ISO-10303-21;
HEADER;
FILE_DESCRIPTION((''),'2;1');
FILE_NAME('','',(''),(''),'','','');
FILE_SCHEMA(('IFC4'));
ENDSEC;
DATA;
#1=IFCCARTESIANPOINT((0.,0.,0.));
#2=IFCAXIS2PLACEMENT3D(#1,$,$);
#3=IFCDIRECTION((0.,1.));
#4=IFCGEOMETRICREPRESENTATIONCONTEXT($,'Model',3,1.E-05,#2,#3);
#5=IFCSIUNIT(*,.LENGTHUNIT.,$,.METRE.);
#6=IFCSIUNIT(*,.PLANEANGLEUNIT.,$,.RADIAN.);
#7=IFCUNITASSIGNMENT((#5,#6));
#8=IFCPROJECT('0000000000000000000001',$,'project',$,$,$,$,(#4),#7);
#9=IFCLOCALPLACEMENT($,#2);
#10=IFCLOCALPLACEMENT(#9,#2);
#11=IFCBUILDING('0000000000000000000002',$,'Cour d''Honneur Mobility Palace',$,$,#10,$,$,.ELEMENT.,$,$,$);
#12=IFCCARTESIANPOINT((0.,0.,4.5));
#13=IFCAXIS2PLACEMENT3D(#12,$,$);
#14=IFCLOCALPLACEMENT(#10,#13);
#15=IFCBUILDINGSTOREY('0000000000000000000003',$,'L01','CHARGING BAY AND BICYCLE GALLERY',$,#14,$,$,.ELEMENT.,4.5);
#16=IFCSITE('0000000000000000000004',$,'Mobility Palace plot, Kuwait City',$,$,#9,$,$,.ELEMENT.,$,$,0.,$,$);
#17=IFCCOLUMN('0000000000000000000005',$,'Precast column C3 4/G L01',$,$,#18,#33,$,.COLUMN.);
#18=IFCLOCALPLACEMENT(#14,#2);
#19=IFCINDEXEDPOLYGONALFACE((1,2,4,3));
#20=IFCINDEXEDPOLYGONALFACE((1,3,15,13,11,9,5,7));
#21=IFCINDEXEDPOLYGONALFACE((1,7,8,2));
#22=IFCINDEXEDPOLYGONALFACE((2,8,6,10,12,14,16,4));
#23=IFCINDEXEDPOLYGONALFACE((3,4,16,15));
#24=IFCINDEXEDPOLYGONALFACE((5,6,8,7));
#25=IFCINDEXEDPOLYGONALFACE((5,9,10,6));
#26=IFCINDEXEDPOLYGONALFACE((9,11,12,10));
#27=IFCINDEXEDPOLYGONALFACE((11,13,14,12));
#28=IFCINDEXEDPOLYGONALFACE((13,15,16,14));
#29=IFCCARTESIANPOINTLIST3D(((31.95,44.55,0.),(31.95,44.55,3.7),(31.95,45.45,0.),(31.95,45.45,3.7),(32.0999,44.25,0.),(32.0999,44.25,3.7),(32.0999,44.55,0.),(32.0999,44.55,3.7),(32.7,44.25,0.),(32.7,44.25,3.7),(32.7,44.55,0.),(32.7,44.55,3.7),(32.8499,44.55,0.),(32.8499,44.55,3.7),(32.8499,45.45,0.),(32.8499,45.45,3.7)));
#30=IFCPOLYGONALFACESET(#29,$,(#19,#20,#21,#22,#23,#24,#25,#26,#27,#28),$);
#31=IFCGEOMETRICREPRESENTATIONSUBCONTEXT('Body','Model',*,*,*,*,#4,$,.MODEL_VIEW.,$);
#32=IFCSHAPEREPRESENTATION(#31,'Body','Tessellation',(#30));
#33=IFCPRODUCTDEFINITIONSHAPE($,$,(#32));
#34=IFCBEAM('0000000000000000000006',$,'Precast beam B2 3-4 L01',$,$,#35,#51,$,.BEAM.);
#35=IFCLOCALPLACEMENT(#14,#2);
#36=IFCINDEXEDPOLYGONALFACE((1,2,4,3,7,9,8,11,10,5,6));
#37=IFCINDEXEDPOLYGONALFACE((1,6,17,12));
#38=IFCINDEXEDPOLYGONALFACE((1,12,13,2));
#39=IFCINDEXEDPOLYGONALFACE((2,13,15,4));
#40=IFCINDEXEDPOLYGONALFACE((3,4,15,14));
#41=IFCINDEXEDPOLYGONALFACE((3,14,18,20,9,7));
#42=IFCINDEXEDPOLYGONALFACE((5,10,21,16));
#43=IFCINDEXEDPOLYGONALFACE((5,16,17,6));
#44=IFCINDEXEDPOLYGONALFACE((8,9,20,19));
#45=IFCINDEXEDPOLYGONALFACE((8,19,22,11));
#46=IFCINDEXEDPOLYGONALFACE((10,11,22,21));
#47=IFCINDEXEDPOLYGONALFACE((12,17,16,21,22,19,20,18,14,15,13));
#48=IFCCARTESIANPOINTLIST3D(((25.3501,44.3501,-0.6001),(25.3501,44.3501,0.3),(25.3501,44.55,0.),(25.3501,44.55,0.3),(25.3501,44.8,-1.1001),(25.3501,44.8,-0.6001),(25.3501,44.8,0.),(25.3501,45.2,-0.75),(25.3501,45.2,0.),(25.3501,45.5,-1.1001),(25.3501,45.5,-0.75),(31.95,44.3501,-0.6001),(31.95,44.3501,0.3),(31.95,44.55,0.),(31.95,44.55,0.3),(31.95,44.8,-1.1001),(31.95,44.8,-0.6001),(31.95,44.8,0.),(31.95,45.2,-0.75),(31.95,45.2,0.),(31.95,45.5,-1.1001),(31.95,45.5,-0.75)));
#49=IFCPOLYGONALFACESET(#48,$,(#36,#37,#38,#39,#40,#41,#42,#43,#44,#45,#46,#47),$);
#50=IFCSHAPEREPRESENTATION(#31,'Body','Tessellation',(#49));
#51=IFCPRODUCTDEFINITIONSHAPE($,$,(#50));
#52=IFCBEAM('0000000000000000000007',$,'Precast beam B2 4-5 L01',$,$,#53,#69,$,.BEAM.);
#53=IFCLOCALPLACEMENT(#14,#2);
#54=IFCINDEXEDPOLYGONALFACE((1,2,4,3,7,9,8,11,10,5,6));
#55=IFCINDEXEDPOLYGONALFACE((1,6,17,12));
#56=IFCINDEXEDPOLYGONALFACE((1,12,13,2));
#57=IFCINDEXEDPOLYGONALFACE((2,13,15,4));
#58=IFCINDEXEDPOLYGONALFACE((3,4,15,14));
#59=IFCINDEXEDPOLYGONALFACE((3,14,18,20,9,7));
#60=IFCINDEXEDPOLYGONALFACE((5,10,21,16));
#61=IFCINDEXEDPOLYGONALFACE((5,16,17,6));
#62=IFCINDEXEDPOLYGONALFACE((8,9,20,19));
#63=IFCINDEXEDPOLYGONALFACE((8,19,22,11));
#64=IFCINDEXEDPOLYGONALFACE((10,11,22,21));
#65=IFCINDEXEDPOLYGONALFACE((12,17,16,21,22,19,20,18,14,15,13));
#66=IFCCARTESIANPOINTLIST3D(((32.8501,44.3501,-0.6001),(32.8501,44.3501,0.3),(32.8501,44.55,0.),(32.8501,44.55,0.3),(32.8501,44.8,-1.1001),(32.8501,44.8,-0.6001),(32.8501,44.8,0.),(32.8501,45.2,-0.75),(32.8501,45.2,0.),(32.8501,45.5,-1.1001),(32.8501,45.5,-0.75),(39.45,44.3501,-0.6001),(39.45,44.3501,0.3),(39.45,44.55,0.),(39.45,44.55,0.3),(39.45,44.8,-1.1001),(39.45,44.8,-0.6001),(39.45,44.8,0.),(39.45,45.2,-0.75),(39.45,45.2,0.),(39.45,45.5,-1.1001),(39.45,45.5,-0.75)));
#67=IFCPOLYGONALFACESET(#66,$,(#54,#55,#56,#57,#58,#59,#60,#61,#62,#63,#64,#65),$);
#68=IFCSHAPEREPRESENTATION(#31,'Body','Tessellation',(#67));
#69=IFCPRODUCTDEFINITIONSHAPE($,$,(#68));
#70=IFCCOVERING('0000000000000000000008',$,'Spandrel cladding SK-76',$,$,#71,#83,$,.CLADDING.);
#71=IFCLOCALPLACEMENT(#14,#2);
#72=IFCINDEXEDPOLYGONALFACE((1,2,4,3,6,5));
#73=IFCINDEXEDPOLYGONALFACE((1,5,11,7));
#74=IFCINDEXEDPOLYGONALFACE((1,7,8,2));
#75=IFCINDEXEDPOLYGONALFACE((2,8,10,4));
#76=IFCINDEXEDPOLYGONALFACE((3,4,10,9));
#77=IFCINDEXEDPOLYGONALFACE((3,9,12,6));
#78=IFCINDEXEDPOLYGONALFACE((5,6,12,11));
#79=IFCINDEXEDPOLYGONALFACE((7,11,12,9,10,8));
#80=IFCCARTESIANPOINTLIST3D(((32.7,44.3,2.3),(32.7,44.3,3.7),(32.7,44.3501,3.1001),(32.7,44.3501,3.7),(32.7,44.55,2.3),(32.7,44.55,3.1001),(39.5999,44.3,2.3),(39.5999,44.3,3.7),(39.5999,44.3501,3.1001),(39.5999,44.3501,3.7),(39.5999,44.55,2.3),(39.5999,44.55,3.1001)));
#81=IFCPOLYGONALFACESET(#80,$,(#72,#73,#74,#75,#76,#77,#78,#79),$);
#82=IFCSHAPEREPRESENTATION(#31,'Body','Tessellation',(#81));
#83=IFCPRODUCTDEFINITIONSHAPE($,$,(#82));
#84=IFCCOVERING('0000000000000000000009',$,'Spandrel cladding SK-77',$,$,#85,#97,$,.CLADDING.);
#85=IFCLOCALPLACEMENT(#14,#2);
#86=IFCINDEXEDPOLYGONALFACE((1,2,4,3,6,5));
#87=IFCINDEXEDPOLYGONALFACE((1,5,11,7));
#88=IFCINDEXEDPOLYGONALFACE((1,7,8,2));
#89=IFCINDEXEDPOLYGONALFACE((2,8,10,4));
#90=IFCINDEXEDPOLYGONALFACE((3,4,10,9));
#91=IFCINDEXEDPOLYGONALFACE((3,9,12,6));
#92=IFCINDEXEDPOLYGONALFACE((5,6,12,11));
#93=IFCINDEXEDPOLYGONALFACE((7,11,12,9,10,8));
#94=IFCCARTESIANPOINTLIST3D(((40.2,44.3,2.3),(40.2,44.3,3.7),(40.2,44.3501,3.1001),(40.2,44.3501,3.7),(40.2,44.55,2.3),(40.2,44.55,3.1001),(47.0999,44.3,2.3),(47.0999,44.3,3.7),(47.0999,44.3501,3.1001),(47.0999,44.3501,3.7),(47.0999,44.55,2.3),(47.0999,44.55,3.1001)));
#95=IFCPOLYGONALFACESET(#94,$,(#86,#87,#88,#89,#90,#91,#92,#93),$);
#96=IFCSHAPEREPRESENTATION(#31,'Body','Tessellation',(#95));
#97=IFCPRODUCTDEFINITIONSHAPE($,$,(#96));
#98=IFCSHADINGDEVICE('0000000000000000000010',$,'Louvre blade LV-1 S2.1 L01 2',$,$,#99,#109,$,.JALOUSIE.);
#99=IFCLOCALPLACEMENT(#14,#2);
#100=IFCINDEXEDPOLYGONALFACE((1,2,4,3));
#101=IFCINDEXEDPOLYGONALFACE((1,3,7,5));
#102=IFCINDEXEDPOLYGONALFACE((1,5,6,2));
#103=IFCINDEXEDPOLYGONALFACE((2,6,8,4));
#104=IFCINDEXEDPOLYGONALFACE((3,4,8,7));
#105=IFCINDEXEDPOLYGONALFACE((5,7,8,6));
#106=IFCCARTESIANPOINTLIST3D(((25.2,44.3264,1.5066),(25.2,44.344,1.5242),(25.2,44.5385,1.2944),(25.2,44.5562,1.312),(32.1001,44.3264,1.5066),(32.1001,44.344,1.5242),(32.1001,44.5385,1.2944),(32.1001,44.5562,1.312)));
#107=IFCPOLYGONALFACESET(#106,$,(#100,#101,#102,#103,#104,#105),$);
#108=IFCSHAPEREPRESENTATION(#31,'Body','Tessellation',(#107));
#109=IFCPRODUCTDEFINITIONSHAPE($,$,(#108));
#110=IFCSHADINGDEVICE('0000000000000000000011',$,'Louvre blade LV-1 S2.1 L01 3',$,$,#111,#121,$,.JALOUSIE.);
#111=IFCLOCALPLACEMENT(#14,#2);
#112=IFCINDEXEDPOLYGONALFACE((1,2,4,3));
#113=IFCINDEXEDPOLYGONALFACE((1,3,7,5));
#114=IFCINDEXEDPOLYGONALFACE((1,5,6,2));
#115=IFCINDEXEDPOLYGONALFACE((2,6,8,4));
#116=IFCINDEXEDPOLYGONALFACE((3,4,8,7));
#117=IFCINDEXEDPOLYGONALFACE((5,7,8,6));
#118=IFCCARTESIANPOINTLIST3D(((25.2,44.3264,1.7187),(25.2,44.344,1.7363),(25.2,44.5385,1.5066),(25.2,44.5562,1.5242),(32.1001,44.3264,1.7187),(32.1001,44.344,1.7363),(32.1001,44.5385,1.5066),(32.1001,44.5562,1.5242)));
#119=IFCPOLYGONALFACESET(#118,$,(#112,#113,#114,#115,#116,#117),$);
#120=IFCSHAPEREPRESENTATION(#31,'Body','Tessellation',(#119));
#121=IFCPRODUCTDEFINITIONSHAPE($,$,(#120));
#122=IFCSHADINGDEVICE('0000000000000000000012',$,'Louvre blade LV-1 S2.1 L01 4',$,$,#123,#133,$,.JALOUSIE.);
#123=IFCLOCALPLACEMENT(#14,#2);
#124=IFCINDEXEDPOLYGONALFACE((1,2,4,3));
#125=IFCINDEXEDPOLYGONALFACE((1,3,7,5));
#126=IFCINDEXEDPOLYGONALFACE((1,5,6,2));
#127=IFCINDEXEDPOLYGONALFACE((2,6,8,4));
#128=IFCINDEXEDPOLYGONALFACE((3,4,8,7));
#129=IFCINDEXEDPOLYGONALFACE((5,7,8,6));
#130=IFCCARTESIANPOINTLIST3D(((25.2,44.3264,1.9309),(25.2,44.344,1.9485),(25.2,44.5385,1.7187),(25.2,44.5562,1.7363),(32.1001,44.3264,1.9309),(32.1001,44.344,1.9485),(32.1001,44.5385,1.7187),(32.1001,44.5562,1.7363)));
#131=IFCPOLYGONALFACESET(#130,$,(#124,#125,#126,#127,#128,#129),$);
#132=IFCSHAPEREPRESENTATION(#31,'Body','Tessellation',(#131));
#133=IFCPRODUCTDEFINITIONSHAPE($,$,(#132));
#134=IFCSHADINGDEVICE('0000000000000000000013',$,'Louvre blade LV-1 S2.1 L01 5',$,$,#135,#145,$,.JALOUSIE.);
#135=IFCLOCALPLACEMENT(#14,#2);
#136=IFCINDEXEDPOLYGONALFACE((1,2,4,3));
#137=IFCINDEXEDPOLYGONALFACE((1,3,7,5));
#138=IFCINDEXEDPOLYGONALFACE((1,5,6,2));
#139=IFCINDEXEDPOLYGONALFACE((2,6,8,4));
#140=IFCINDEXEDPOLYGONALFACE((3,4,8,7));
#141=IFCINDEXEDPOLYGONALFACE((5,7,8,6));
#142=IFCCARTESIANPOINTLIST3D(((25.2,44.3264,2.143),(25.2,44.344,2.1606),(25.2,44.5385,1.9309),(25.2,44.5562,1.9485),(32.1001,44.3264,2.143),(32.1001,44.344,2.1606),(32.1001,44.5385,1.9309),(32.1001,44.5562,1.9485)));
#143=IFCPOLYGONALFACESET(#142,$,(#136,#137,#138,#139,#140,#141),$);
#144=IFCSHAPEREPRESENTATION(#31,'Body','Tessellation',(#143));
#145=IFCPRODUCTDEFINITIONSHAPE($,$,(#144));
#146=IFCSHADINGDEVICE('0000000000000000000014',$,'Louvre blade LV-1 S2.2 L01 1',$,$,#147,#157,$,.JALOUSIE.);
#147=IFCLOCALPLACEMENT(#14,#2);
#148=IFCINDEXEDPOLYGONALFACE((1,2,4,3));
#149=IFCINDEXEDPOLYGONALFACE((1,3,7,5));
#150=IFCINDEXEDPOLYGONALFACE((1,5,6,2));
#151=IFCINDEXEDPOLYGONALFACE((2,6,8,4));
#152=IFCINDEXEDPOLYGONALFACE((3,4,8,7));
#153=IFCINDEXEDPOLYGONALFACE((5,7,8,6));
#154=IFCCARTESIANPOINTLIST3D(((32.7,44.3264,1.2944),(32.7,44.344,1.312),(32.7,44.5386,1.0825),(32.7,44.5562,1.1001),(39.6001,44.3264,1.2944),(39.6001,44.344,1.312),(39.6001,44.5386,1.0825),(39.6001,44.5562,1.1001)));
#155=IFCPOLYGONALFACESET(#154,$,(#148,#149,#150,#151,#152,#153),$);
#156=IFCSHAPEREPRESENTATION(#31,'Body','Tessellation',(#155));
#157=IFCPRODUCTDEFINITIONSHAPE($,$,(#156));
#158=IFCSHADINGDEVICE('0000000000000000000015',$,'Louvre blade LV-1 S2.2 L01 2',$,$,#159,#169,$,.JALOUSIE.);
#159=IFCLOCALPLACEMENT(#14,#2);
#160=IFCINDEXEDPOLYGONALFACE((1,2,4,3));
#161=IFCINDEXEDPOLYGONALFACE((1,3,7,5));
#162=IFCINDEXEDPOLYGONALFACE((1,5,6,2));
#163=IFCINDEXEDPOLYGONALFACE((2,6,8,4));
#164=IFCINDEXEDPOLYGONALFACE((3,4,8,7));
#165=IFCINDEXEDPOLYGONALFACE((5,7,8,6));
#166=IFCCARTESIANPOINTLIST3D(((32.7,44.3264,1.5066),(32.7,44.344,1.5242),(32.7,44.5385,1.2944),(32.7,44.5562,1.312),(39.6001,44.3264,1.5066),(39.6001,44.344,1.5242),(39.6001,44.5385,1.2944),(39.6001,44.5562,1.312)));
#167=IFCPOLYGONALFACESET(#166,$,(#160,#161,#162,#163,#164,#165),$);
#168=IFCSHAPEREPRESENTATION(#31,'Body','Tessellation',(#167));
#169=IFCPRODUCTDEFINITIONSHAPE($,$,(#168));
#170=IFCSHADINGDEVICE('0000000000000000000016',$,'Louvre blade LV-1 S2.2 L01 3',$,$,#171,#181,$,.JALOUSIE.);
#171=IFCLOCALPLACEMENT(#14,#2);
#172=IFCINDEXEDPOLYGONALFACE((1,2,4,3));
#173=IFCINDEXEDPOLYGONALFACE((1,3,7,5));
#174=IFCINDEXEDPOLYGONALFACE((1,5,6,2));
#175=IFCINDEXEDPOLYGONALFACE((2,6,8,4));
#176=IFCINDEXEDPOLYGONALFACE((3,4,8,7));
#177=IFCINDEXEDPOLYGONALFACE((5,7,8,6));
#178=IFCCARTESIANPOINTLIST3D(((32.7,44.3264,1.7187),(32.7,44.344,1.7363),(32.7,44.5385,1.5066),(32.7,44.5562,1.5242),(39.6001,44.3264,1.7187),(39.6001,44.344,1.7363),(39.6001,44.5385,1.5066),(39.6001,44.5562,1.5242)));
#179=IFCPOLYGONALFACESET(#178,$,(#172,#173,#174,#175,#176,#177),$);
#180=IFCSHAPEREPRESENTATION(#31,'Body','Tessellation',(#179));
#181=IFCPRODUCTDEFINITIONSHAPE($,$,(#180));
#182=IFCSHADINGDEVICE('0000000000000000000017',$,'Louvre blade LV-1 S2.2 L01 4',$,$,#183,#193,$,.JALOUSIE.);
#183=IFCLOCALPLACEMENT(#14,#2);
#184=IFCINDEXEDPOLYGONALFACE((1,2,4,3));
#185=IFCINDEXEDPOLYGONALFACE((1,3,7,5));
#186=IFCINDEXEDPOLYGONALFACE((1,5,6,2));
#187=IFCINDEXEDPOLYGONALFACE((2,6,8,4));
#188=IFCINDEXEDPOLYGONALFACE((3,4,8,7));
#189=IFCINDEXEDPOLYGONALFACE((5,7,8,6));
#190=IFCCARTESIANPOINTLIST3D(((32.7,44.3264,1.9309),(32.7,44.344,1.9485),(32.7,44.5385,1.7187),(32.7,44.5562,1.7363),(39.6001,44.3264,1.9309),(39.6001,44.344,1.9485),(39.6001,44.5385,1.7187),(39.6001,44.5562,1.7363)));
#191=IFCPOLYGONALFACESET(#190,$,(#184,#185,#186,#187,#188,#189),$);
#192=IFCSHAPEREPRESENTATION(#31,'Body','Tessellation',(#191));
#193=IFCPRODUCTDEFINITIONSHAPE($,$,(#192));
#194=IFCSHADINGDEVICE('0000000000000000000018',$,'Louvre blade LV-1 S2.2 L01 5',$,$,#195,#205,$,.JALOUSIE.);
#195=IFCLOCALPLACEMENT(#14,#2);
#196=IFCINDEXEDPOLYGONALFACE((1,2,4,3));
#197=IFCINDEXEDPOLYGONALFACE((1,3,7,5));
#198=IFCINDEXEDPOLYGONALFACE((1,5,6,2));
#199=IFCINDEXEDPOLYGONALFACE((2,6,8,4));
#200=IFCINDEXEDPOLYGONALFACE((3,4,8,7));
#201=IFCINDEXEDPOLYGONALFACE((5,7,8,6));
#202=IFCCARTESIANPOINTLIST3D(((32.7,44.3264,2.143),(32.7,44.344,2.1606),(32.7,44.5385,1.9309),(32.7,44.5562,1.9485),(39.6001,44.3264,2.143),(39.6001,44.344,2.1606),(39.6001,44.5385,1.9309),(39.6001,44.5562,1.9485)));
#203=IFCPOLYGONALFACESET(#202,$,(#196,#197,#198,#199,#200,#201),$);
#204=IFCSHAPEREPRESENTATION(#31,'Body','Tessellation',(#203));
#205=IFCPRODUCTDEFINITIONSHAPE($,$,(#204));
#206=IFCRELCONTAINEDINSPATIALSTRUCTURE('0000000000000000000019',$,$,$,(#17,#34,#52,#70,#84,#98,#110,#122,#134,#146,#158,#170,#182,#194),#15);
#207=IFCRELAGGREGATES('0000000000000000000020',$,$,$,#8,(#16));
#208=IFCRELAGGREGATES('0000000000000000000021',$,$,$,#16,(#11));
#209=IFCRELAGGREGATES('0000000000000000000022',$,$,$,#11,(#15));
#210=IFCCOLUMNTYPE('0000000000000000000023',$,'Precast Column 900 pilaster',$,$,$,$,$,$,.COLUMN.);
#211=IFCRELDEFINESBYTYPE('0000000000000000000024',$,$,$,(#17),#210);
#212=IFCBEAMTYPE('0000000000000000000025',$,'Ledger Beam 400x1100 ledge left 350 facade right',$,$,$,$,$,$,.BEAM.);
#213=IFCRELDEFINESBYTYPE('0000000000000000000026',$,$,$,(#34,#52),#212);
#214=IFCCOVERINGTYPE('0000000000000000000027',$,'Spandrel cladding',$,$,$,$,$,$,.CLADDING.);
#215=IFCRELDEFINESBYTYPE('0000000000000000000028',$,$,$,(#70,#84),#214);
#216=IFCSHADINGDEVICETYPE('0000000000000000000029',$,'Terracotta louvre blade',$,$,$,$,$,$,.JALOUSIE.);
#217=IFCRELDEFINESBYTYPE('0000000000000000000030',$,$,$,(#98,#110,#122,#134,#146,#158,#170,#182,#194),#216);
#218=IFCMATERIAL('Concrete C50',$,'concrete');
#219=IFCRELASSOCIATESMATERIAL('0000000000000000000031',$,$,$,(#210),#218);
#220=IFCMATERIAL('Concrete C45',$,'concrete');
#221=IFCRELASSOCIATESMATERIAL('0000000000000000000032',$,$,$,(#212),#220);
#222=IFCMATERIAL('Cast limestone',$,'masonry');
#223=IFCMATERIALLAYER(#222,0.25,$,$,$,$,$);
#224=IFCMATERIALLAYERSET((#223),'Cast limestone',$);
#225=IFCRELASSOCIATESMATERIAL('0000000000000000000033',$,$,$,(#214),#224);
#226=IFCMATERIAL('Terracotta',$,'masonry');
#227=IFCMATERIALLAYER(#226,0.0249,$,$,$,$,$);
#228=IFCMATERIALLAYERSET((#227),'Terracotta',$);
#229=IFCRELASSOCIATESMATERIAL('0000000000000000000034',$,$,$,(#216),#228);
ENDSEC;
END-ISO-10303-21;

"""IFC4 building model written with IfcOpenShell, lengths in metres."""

from ifc_helpers import new_model, si_unit, direction, frame, origin, place, context, subcontext, project, spatial, polyline, outline, extrude, material, layer, layer_set, material_profile, profile_set, type_object, element, save


model = new_model("IFC4")

# Units and contexts
model_context = context("Model", 3, precision=1e-05, world=origin(), true_north=direction((0.0, 1.0)))
body_context = subcontext(model_context, "Body", "Model", "MODEL_VIEW")
ifc_project = project(units=[si_unit("LENGTHUNIT", "METRE"), si_unit("PLANEANGLEUNIT", "RADIAN")], contexts=[model_context])

# Site, building, storey
site_placement = place(None, origin())
site = spatial("IfcSite", under=ifc_project, at=site_placement, Name="Mobility Palace plot, Kuwait City", CompositionType="ELEMENT", RefElevation=0.0)
building_placement = place(site_placement, origin())
building = spatial("IfcBuilding", under=site, at=building_placement, Name="Cour d'Honneur Mobility Palace", CompositionType="ELEMENT")
storey_placement = place(building_placement, frame((0.0, 0.0, 4.5)))
storey = spatial("IfcBuildingStorey", under=building, at=storey_placement, Name="L01", Description="CHARGING BAY AND BICYCLE GALLERY", CompositionType="ELEMENT", Elevation=4.5)

# Column
ifc_material_1 = material(Name="Concrete C50", Category="concrete")
ifc_material_profile_1 = material_profile(ifc_material_1, outline(polyline([(-0.45, -0.45), (0.45, -0.45), (0.45, -0.3), (0.75, -0.3), (0.75, 0.3), (0.45, 0.3), (0.45, 0.45), (-0.45, 0.45), (-0.45, -0.45)])), Name="PC C900 pilaster")
ifc_profile_set_1 = profile_set([ifc_material_profile_1], Name="Concrete C50")
column_type = type_object("IfcColumnType", Name="Precast Column 900 pilaster", PredefinedType="COLUMN", material=ifc_profile_set_1)
column_placement = place(storey_placement, frame((32.3999, 45.0, 0.0), z_axis=(0.0, 0.0, 1.0), x_axis=(0.0, -1.0, 0.0)))
element("IfcColumn", 1, at=column_placement, inside=storey, type_object=column_type, Name="Precast column C3 4/G L01", PredefinedType="COLUMN", context=body_context, shape_type="SweptSolid", body=[
    extrude(outline(polyline([(-0.45, -0.45), (0.45, -0.45), (0.45, -0.3), (0.75, -0.3), (0.75, 0.3), (0.45, 0.3), (0.45, 0.45), (-0.45, 0.45), (-0.45, -0.45)])), origin(), (0.0, 0.0, 1.0), 3.7),
])

# Beams
ifc_material_2 = material(Name="Concrete C45", Category="concrete")
ifc_material_profile_2 = material_profile(ifc_material_2, outline(polyline([(0.5, -1.1001), (0.5, -0.75), (0.2, -0.75), (0.2, 0.0), (-0.2, 0.0), (-0.45, 0.0), (-0.45, 0.3), (-0.6499, 0.3), (-0.6499, -0.6001), (-0.2, -0.6001), (-0.2, -1.1001), (0.5, -1.1001)])), Name="Ledger Beam 400x1100 ledge left 350 facade right")
ifc_profile_set_2 = profile_set([ifc_material_profile_2], Name="Concrete C45")
beam_type = type_object("IfcBeamType", Name="Ledger Beam 400x1100 ledge left 350 facade right", PredefinedType="BEAM", material=ifc_profile_set_2)
for number, where, z_axis, x_axis, name in (
    (2, (25.3501, 45.0, 0.0), (1.0, 0.0, 0.0), (0.0, 1.0, 0.0), "Precast beam B2 3-4 L01"),
    (3, (32.8501, 45.0, 0.0), (1.0, 0.0, 0.0), (0.0, 1.0, 0.0), "Precast beam B2 4-5 L01"),
):
    element("IfcBeam", number, at=place(storey_placement, frame(where, z_axis=z_axis, x_axis=x_axis)), inside=storey, type_object=beam_type, Name=name, PredefinedType="BEAM", context=body_context, shape_type="SweptSolid", body=[
        extrude(outline(polyline([(0.5, -1.1001), (0.5, -0.75), (0.2, -0.75), (0.2, 0.0), (-0.2, 0.0), (-0.45, 0.0), (-0.45, 0.3), (-0.6499, 0.3), (-0.6499, -0.6001), (-0.2, -0.6001), (-0.2, -1.1001), (0.5, -1.1001)])), origin(), (0.0, 0.0, 1.0), 6.5999),
    ])

# Coverings
ifc_material_3 = material(Name="Cast limestone", Category="masonry")
ifc_layer_1 = layer(ifc_material_3, 0.25)
ifc_layer_set_1 = layer_set([ifc_layer_1], Name="Cast limestone")
covering_type = type_object("IfcCoveringType", Name="Spandrel cladding", PredefinedType="CLADDING", material=ifc_layer_set_1)
for number, where, z_axis, x_axis, name in (
    (4, (32.7, 44.55, 2.3), (-1.0, 0.0, 0.0), (0.0, -1.0, 0.0), "Spandrel cladding SK-76"),
    (5, (40.2, 44.55, 2.3), (-1.0, 0.0, 0.0), (0.0, -1.0, 0.0), "Spandrel cladding SK-77"),
):
    element("IfcCovering", number, at=place(storey_placement, frame(where, z_axis=z_axis, x_axis=x_axis)), inside=storey, type_object=covering_type, Name=name, PredefinedType="CLADDING", context=body_context, shape_type="SweptSolid", body=[
        extrude(outline(polyline([(0.0, 0.0), (0.25, 0.0), (0.25, 1.3999), (0.2, 1.3999), (0.2, 0.8), (0.0, 0.8), (0.0, 0.0)])), origin(), (0.0, 0.0, -1.0), 6.8999),
    ])

# Shading devices
ifc_material_4 = material(Name="Terracotta", Category="masonry")
ifc_layer_2 = layer(ifc_material_4, 0.0249)
ifc_layer_set_2 = layer_set([ifc_layer_2], Name="Terracotta")
shading_device_type = type_object("IfcShadingDeviceType", Name="Terracotta louvre blade", PredefinedType="JALOUSIE", material=ifc_layer_set_2)
for number, where, z_axis, x_axis, name in (
    (6, (25.2, 44.5562, 1.312), (0.0, 0.707107, 0.707107), (1.0, 0.0, 0.0), "Louvre blade LV-1 S2.1 L01 2"),
    (7, (25.2, 44.5562, 1.5242), (0.0, 0.707107, 0.707107), (1.0, 0.0, 0.0), "Louvre blade LV-1 S2.1 L01 3"),
    (8, (25.2, 44.5562, 1.7363), (0.0, 0.707107, 0.707107), (1.0, 0.0, 0.0), "Louvre blade LV-1 S2.1 L01 4"),
    (9, (25.2, 44.5562, 1.9485), (0.0, 0.707107, 0.707107), (1.0, 0.0, 0.0), "Louvre blade LV-1 S2.1 L01 5"),
):
    element("IfcShadingDevice", number, at=place(storey_placement, frame(where, z_axis=z_axis, x_axis=x_axis)), inside=storey, type_object=shading_device_type, Name=name, PredefinedType="JALOUSIE", context=body_context, shape_type="SweptSolid", body=[
        extrude(outline(polyline([(0.0, 0.0), (6.9001, 0.0), (6.9001, -0.3), (0.0, -0.3), (0.0, 0.0)])), origin(), (0.0, 0.0, -1.0), 0.0249),
    ])
shading_device_1_placement = place(storey_placement, frame((32.7, 44.5562, 1.1001), z_axis=(0.0, 0.7067, 0.707514), x_axis=(1.0, 0.0, 0.0)))
element("IfcShadingDevice", 10, at=shading_device_1_placement, inside=storey, type_object=shading_device_type, Name="Louvre blade LV-1 S2.2 L01 1", PredefinedType="JALOUSIE", context=body_context, shape_type="SweptSolid", body=[
    extrude(outline(polyline([(0.0, 0.0), (6.9001, 0.0), (6.9001, -0.2999), (0.0, -0.2999), (0.0, 0.0)])), origin(), (0.0, 0.0, -1.0), 0.0249),
])
for number, where, z_axis, x_axis, name in (
    (11, (32.7, 44.5562, 1.312), (0.0, 0.707107, 0.707107), (1.0, 0.0, 0.0), "Louvre blade LV-1 S2.2 L01 2"),
    (12, (32.7, 44.5562, 1.5242), (0.0, 0.707107, 0.707107), (1.0, 0.0, 0.0), "Louvre blade LV-1 S2.2 L01 3"),
    (13, (32.7, 44.5562, 1.7363), (0.0, 0.707107, 0.707107), (1.0, 0.0, 0.0), "Louvre blade LV-1 S2.2 L01 4"),
    (14, (32.7, 44.5562, 1.9485), (0.0, 0.707107, 0.707107), (1.0, 0.0, 0.0), "Louvre blade LV-1 S2.2 L01 5"),
):
    element("IfcShadingDevice", number, at=place(storey_placement, frame(where, z_axis=z_axis, x_axis=x_axis)), inside=storey, type_object=shading_device_type, Name=name, PredefinedType="JALOUSIE", context=body_context, shape_type="SweptSolid", body=[
        extrude(outline(polyline([(0.0, 0.0), (6.9001, 0.0), (6.9001, -0.3), (0.0, -0.3), (0.0, 0.0)])), origin(), (0.0, 0.0, -1.0), 0.0249),
    ])

save(model, "model.ifc")
